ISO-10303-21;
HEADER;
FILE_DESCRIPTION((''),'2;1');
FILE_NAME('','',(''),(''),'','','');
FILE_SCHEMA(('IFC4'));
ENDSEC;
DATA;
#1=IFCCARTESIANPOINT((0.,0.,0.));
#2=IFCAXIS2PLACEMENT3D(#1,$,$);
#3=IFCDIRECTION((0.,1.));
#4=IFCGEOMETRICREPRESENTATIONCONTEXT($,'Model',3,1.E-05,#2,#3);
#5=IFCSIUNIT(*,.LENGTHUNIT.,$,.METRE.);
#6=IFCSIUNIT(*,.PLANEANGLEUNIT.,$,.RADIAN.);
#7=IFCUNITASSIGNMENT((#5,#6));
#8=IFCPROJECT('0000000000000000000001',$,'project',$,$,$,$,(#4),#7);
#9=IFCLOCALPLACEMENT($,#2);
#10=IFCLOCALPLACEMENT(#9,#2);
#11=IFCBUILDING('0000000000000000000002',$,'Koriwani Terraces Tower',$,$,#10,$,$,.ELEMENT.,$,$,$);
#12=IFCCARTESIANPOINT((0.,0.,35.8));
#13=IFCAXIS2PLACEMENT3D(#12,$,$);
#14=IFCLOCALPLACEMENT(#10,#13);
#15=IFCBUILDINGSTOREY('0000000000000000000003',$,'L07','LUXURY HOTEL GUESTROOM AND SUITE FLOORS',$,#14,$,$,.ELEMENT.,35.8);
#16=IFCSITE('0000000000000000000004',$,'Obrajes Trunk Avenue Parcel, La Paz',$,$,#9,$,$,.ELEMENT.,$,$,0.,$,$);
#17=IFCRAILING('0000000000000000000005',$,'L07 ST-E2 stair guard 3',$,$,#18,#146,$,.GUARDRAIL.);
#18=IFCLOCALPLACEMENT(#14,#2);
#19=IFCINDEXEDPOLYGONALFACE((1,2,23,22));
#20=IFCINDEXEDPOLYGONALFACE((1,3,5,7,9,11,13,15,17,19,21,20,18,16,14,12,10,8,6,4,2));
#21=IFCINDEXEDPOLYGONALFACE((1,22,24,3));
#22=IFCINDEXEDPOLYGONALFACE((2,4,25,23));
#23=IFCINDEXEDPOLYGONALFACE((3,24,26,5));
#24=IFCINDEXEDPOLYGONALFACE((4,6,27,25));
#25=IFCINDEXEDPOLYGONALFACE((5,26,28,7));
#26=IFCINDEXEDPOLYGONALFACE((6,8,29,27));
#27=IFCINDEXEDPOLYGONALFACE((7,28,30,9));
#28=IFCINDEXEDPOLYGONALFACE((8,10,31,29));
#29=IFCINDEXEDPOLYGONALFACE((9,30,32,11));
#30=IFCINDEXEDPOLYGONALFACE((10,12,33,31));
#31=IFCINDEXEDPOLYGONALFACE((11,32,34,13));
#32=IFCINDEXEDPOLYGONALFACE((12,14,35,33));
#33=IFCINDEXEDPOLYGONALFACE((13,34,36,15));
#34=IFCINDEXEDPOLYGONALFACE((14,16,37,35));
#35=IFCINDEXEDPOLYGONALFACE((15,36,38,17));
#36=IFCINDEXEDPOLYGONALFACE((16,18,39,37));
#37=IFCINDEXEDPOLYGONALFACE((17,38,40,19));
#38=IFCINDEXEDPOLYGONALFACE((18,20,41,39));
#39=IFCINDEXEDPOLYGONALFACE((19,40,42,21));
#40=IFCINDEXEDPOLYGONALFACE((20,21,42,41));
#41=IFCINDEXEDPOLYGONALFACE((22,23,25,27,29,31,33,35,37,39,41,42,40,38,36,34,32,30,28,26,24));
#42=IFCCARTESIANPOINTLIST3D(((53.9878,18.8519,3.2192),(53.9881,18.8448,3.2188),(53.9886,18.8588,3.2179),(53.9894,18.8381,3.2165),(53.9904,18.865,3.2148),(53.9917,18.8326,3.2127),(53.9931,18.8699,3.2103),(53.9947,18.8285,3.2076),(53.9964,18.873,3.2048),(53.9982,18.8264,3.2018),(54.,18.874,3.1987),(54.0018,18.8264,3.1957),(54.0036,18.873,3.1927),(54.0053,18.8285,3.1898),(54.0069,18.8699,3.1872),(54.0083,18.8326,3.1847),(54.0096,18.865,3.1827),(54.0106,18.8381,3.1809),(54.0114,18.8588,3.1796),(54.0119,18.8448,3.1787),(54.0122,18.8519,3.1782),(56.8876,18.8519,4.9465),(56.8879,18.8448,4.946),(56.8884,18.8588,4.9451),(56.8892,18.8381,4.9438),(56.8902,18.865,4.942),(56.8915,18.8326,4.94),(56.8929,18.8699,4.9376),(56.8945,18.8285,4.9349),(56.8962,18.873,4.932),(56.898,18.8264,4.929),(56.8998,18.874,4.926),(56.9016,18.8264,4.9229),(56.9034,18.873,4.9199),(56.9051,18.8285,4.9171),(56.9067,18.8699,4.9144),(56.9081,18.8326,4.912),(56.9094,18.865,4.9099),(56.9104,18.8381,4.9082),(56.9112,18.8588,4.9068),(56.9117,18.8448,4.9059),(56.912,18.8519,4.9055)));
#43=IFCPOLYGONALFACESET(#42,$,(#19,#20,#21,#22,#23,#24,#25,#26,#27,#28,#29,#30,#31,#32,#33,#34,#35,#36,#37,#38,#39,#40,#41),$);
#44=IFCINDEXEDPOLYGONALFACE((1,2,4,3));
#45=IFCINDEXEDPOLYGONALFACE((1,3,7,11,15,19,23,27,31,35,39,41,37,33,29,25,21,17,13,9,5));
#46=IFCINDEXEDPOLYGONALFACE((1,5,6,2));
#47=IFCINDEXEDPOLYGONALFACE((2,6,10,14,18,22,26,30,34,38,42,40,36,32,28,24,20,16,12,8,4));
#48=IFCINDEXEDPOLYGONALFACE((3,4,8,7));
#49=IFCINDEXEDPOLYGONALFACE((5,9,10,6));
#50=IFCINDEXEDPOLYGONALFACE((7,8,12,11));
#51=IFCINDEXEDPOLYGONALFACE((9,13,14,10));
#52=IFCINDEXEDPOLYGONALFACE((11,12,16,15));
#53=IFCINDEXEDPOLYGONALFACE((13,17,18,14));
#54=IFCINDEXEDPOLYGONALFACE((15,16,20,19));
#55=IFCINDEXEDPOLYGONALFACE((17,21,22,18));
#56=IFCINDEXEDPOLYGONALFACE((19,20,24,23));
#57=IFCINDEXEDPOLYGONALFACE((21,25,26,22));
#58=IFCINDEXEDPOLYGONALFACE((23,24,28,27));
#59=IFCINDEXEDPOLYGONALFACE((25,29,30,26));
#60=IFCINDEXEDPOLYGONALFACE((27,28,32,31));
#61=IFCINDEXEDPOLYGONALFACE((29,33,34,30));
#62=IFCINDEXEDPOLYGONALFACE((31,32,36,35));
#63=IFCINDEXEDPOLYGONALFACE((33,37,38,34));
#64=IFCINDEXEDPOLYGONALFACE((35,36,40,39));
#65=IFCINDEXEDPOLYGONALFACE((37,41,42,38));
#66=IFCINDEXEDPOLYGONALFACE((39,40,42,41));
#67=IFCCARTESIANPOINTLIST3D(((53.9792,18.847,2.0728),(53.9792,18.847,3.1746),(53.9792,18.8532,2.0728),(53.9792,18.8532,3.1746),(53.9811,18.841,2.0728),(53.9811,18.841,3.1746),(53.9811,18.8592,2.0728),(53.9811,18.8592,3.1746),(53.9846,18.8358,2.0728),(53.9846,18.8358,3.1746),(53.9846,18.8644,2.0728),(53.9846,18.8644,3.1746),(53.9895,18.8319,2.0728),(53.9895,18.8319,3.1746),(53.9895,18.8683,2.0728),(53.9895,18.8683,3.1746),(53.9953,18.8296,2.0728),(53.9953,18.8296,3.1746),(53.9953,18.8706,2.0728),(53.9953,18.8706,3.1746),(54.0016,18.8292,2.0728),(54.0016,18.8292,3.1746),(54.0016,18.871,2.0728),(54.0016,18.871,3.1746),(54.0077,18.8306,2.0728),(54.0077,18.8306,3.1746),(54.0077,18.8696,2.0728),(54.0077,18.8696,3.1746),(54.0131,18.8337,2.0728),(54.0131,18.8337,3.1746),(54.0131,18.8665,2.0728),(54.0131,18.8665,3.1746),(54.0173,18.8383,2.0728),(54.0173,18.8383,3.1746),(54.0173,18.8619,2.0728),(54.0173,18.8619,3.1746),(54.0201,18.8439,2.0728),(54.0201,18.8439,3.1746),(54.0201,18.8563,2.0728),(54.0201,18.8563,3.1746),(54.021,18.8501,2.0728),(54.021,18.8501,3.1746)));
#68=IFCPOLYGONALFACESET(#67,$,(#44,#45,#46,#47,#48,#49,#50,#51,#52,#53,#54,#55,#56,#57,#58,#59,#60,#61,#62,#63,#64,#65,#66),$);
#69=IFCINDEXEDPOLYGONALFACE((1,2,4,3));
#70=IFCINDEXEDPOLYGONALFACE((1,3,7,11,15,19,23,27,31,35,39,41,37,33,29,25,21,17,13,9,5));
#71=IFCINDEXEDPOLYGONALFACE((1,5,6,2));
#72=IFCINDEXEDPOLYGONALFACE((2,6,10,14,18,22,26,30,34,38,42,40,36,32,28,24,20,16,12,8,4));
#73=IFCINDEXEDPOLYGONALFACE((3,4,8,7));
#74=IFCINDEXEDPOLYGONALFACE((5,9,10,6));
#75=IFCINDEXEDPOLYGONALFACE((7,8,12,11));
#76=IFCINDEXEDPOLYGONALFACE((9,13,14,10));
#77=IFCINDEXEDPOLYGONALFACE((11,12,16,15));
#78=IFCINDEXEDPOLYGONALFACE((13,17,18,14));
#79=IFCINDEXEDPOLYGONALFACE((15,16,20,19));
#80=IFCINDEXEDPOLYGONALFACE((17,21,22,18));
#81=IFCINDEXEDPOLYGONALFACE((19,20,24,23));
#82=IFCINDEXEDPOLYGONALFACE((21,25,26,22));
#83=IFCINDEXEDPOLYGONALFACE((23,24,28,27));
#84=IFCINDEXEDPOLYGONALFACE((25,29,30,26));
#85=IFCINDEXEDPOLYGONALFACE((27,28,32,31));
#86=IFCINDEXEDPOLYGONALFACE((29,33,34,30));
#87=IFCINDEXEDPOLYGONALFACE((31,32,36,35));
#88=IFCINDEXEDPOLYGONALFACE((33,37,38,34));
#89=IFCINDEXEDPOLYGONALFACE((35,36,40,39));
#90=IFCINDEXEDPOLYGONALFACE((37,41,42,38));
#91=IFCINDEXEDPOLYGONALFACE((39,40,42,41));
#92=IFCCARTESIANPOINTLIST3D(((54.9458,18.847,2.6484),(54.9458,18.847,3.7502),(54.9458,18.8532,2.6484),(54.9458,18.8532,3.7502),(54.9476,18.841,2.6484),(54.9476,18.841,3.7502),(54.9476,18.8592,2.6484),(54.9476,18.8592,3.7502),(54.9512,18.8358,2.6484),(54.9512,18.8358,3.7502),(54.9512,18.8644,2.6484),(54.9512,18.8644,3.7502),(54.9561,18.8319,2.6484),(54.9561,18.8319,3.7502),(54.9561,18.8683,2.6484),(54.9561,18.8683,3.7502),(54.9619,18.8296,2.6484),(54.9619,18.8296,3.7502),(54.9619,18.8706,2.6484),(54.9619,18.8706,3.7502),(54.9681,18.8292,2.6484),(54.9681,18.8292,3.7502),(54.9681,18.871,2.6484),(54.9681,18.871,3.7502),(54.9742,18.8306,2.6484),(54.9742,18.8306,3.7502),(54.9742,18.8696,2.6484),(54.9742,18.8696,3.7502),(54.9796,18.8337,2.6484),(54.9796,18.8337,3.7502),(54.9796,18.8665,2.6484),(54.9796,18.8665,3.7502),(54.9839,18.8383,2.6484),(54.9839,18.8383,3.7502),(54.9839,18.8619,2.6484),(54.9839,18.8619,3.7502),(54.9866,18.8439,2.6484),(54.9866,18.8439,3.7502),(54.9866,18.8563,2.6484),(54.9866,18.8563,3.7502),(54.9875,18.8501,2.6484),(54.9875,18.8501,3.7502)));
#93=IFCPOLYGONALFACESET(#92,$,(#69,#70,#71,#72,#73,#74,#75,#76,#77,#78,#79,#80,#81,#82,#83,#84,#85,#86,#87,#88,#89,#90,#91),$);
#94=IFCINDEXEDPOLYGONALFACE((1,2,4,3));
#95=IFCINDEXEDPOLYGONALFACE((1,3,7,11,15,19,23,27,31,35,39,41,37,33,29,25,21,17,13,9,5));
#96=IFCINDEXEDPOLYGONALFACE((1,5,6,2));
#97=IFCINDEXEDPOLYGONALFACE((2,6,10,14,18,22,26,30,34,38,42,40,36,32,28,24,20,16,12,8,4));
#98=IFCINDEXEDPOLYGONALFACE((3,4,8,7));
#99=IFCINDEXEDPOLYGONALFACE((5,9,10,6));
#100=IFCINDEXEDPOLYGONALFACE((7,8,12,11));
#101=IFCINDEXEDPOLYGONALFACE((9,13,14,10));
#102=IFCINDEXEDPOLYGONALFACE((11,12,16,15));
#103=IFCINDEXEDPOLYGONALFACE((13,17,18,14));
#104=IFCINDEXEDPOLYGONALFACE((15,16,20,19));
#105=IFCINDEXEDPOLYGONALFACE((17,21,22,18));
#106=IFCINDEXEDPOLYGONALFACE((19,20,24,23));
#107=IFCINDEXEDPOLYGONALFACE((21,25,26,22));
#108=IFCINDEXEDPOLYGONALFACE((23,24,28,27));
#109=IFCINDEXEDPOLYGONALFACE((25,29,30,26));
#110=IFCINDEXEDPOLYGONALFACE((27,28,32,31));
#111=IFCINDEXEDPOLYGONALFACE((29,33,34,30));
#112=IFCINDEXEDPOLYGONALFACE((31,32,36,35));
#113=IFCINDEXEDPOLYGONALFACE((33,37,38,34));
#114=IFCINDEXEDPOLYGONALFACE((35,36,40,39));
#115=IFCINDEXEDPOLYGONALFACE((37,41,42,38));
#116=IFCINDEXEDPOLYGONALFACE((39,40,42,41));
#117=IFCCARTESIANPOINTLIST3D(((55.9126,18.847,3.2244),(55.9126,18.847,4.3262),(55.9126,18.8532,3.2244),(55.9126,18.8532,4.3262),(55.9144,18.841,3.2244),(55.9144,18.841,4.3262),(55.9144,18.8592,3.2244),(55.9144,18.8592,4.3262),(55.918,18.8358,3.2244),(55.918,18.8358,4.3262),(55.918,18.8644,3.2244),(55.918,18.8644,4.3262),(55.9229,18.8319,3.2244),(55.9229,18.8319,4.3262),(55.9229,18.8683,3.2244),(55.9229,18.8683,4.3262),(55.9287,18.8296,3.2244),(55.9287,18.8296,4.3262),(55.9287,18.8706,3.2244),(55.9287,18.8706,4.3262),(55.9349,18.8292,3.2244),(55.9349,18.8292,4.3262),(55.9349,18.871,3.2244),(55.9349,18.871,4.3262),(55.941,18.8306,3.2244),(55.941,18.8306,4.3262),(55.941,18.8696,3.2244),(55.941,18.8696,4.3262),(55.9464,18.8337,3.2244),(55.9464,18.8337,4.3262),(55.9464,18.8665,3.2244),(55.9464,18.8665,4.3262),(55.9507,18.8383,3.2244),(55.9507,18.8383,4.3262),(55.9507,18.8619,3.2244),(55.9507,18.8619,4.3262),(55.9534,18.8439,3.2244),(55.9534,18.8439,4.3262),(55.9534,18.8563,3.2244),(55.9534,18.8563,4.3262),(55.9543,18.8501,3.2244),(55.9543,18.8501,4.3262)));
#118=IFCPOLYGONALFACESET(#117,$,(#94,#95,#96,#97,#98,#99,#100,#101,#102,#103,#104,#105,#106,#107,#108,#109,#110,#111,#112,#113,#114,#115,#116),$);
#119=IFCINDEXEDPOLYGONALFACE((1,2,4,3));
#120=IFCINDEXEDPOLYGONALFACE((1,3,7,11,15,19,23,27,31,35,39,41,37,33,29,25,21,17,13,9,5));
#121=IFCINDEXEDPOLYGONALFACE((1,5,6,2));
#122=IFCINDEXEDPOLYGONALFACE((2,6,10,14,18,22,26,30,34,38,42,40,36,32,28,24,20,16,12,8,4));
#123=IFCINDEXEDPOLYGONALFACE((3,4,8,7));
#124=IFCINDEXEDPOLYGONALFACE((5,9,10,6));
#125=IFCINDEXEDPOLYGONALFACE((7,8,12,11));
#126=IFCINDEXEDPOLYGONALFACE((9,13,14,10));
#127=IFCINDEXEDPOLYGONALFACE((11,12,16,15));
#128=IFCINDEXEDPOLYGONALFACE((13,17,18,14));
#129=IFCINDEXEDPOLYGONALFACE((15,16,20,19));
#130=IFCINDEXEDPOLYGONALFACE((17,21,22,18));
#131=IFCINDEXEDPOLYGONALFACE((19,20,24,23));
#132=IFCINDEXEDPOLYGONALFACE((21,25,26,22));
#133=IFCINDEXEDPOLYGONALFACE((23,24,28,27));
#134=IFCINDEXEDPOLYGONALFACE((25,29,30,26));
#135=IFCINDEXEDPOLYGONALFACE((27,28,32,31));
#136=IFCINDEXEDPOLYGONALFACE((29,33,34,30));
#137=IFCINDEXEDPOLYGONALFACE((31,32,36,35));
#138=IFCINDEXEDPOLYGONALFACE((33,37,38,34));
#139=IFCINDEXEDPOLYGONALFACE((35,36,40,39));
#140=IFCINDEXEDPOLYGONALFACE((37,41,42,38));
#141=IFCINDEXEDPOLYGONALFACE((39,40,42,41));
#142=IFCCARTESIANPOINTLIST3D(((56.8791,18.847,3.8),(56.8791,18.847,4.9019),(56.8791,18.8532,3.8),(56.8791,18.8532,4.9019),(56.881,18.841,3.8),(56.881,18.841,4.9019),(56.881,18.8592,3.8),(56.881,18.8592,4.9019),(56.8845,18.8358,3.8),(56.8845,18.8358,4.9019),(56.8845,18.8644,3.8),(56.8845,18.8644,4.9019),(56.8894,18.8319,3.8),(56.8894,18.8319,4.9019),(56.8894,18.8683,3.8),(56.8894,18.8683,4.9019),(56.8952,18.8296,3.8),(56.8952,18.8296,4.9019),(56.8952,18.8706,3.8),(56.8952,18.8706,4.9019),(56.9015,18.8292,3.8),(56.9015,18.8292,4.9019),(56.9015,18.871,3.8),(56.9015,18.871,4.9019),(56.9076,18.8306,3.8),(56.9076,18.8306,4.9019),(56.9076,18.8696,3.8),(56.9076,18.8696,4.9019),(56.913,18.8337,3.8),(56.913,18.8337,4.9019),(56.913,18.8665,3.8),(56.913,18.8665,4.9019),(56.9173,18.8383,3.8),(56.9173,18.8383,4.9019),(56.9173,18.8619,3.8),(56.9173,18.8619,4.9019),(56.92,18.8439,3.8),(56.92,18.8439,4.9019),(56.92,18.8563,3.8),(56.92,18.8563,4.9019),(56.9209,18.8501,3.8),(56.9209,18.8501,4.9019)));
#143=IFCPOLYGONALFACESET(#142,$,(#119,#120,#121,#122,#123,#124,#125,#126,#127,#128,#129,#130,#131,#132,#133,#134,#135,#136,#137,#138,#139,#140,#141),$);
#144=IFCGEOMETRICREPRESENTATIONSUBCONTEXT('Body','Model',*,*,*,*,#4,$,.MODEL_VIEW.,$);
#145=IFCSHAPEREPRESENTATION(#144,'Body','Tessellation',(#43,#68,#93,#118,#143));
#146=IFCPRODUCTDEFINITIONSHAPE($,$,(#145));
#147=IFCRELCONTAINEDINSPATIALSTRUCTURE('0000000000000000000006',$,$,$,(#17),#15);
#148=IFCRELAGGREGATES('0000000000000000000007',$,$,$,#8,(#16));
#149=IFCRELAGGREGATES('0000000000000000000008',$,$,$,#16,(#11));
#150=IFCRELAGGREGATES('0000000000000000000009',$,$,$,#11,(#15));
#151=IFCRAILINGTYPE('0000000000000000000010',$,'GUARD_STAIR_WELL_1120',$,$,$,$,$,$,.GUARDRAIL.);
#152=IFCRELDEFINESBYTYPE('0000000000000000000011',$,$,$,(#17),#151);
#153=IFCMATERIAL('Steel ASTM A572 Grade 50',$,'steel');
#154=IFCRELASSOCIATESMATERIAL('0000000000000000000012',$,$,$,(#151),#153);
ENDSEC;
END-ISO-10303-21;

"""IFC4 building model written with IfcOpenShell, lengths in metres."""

from ifc_helpers import new_model, si_unit, direction, frame, origin, origin_2d, place, context, subcontext, project, spatial, circle, extrude, material, type_object, element, save


model = new_model("IFC4")

# Units and contexts
model_context = context("Model", 3, precision=1e-05, world=origin(), true_north=direction((0.0, 1.0)))
body_context = subcontext(model_context, "Body", "Model", "MODEL_VIEW")
ifc_project = project(units=[si_unit("LENGTHUNIT", "METRE"), si_unit("PLANEANGLEUNIT", "RADIAN")], contexts=[model_context])

# Site, building, storey
site_placement = place(None, origin())
site = spatial("IfcSite", under=ifc_project, at=site_placement, Name="Obrajes Trunk Avenue Parcel, La Paz", CompositionType="ELEMENT", RefElevation=0.0)
building_placement = place(site_placement, origin())
building = spatial("IfcBuilding", under=site, at=building_placement, Name="Koriwani Terraces Tower", CompositionType="ELEMENT")
storey_placement = place(building_placement, frame((0.0, 0.0, 35.8)))
storey = spatial("IfcBuildingStorey", under=building, at=storey_placement, Name="L07", Description="LUXURY HOTEL GUESTROOM AND SUITE FLOORS", CompositionType="ELEMENT", Elevation=35.8)

# Shared definitions
ifc_material_1 = material(Name="Steel ASTM A572 Grade 50", Category="steel")

# Railing
railing_type_1 = type_object("IfcRailingType", Name="GUARD_STAIR_WELL_1120", PredefinedType="GUARDRAIL", material=ifc_material_1)
railing_1_placement = place(storey_placement, frame((54.0, 18.8501, 2.0728)))
element("IfcRailing", 1, at=railing_1_placement, inside=storey, type_object=railing_type_1, Name="L07 ST-E2 stair guard 3", PredefinedType="GUARDRAIL", context=body_context, shape_type="SweptSolid", body=[
    extrude(circle(Radius=0.0239, at=origin_2d()), frame((0.0, 0.0, 1.126), z_axis=(0.859141, 0.0, 0.511738), x_axis=(0.0, 1.0, 0.0)), (0.0, 0.0, 1.0), 3.3752),
    extrude(circle(Radius=0.021, at=origin_2d()), origin(), (0.0, 0.0, 1.0), 1.1018),
    extrude(circle(Radius=0.021, at=origin_2d()), frame((0.9666, 0.0, 0.5757)), (0.0, 0.0, 1.0), 1.1018),
    extrude(circle(Radius=0.021, at=origin_2d()), frame((1.9333, 0.0, 1.1516)), (0.0, 0.0, 1.0), 1.1018),
    extrude(circle(Radius=0.021, at=origin_2d()), frame((2.8999, 0.0, 1.7273)), (0.0, 0.0, 1.0), 1.1018),
])

save(model, "model.ifc")
